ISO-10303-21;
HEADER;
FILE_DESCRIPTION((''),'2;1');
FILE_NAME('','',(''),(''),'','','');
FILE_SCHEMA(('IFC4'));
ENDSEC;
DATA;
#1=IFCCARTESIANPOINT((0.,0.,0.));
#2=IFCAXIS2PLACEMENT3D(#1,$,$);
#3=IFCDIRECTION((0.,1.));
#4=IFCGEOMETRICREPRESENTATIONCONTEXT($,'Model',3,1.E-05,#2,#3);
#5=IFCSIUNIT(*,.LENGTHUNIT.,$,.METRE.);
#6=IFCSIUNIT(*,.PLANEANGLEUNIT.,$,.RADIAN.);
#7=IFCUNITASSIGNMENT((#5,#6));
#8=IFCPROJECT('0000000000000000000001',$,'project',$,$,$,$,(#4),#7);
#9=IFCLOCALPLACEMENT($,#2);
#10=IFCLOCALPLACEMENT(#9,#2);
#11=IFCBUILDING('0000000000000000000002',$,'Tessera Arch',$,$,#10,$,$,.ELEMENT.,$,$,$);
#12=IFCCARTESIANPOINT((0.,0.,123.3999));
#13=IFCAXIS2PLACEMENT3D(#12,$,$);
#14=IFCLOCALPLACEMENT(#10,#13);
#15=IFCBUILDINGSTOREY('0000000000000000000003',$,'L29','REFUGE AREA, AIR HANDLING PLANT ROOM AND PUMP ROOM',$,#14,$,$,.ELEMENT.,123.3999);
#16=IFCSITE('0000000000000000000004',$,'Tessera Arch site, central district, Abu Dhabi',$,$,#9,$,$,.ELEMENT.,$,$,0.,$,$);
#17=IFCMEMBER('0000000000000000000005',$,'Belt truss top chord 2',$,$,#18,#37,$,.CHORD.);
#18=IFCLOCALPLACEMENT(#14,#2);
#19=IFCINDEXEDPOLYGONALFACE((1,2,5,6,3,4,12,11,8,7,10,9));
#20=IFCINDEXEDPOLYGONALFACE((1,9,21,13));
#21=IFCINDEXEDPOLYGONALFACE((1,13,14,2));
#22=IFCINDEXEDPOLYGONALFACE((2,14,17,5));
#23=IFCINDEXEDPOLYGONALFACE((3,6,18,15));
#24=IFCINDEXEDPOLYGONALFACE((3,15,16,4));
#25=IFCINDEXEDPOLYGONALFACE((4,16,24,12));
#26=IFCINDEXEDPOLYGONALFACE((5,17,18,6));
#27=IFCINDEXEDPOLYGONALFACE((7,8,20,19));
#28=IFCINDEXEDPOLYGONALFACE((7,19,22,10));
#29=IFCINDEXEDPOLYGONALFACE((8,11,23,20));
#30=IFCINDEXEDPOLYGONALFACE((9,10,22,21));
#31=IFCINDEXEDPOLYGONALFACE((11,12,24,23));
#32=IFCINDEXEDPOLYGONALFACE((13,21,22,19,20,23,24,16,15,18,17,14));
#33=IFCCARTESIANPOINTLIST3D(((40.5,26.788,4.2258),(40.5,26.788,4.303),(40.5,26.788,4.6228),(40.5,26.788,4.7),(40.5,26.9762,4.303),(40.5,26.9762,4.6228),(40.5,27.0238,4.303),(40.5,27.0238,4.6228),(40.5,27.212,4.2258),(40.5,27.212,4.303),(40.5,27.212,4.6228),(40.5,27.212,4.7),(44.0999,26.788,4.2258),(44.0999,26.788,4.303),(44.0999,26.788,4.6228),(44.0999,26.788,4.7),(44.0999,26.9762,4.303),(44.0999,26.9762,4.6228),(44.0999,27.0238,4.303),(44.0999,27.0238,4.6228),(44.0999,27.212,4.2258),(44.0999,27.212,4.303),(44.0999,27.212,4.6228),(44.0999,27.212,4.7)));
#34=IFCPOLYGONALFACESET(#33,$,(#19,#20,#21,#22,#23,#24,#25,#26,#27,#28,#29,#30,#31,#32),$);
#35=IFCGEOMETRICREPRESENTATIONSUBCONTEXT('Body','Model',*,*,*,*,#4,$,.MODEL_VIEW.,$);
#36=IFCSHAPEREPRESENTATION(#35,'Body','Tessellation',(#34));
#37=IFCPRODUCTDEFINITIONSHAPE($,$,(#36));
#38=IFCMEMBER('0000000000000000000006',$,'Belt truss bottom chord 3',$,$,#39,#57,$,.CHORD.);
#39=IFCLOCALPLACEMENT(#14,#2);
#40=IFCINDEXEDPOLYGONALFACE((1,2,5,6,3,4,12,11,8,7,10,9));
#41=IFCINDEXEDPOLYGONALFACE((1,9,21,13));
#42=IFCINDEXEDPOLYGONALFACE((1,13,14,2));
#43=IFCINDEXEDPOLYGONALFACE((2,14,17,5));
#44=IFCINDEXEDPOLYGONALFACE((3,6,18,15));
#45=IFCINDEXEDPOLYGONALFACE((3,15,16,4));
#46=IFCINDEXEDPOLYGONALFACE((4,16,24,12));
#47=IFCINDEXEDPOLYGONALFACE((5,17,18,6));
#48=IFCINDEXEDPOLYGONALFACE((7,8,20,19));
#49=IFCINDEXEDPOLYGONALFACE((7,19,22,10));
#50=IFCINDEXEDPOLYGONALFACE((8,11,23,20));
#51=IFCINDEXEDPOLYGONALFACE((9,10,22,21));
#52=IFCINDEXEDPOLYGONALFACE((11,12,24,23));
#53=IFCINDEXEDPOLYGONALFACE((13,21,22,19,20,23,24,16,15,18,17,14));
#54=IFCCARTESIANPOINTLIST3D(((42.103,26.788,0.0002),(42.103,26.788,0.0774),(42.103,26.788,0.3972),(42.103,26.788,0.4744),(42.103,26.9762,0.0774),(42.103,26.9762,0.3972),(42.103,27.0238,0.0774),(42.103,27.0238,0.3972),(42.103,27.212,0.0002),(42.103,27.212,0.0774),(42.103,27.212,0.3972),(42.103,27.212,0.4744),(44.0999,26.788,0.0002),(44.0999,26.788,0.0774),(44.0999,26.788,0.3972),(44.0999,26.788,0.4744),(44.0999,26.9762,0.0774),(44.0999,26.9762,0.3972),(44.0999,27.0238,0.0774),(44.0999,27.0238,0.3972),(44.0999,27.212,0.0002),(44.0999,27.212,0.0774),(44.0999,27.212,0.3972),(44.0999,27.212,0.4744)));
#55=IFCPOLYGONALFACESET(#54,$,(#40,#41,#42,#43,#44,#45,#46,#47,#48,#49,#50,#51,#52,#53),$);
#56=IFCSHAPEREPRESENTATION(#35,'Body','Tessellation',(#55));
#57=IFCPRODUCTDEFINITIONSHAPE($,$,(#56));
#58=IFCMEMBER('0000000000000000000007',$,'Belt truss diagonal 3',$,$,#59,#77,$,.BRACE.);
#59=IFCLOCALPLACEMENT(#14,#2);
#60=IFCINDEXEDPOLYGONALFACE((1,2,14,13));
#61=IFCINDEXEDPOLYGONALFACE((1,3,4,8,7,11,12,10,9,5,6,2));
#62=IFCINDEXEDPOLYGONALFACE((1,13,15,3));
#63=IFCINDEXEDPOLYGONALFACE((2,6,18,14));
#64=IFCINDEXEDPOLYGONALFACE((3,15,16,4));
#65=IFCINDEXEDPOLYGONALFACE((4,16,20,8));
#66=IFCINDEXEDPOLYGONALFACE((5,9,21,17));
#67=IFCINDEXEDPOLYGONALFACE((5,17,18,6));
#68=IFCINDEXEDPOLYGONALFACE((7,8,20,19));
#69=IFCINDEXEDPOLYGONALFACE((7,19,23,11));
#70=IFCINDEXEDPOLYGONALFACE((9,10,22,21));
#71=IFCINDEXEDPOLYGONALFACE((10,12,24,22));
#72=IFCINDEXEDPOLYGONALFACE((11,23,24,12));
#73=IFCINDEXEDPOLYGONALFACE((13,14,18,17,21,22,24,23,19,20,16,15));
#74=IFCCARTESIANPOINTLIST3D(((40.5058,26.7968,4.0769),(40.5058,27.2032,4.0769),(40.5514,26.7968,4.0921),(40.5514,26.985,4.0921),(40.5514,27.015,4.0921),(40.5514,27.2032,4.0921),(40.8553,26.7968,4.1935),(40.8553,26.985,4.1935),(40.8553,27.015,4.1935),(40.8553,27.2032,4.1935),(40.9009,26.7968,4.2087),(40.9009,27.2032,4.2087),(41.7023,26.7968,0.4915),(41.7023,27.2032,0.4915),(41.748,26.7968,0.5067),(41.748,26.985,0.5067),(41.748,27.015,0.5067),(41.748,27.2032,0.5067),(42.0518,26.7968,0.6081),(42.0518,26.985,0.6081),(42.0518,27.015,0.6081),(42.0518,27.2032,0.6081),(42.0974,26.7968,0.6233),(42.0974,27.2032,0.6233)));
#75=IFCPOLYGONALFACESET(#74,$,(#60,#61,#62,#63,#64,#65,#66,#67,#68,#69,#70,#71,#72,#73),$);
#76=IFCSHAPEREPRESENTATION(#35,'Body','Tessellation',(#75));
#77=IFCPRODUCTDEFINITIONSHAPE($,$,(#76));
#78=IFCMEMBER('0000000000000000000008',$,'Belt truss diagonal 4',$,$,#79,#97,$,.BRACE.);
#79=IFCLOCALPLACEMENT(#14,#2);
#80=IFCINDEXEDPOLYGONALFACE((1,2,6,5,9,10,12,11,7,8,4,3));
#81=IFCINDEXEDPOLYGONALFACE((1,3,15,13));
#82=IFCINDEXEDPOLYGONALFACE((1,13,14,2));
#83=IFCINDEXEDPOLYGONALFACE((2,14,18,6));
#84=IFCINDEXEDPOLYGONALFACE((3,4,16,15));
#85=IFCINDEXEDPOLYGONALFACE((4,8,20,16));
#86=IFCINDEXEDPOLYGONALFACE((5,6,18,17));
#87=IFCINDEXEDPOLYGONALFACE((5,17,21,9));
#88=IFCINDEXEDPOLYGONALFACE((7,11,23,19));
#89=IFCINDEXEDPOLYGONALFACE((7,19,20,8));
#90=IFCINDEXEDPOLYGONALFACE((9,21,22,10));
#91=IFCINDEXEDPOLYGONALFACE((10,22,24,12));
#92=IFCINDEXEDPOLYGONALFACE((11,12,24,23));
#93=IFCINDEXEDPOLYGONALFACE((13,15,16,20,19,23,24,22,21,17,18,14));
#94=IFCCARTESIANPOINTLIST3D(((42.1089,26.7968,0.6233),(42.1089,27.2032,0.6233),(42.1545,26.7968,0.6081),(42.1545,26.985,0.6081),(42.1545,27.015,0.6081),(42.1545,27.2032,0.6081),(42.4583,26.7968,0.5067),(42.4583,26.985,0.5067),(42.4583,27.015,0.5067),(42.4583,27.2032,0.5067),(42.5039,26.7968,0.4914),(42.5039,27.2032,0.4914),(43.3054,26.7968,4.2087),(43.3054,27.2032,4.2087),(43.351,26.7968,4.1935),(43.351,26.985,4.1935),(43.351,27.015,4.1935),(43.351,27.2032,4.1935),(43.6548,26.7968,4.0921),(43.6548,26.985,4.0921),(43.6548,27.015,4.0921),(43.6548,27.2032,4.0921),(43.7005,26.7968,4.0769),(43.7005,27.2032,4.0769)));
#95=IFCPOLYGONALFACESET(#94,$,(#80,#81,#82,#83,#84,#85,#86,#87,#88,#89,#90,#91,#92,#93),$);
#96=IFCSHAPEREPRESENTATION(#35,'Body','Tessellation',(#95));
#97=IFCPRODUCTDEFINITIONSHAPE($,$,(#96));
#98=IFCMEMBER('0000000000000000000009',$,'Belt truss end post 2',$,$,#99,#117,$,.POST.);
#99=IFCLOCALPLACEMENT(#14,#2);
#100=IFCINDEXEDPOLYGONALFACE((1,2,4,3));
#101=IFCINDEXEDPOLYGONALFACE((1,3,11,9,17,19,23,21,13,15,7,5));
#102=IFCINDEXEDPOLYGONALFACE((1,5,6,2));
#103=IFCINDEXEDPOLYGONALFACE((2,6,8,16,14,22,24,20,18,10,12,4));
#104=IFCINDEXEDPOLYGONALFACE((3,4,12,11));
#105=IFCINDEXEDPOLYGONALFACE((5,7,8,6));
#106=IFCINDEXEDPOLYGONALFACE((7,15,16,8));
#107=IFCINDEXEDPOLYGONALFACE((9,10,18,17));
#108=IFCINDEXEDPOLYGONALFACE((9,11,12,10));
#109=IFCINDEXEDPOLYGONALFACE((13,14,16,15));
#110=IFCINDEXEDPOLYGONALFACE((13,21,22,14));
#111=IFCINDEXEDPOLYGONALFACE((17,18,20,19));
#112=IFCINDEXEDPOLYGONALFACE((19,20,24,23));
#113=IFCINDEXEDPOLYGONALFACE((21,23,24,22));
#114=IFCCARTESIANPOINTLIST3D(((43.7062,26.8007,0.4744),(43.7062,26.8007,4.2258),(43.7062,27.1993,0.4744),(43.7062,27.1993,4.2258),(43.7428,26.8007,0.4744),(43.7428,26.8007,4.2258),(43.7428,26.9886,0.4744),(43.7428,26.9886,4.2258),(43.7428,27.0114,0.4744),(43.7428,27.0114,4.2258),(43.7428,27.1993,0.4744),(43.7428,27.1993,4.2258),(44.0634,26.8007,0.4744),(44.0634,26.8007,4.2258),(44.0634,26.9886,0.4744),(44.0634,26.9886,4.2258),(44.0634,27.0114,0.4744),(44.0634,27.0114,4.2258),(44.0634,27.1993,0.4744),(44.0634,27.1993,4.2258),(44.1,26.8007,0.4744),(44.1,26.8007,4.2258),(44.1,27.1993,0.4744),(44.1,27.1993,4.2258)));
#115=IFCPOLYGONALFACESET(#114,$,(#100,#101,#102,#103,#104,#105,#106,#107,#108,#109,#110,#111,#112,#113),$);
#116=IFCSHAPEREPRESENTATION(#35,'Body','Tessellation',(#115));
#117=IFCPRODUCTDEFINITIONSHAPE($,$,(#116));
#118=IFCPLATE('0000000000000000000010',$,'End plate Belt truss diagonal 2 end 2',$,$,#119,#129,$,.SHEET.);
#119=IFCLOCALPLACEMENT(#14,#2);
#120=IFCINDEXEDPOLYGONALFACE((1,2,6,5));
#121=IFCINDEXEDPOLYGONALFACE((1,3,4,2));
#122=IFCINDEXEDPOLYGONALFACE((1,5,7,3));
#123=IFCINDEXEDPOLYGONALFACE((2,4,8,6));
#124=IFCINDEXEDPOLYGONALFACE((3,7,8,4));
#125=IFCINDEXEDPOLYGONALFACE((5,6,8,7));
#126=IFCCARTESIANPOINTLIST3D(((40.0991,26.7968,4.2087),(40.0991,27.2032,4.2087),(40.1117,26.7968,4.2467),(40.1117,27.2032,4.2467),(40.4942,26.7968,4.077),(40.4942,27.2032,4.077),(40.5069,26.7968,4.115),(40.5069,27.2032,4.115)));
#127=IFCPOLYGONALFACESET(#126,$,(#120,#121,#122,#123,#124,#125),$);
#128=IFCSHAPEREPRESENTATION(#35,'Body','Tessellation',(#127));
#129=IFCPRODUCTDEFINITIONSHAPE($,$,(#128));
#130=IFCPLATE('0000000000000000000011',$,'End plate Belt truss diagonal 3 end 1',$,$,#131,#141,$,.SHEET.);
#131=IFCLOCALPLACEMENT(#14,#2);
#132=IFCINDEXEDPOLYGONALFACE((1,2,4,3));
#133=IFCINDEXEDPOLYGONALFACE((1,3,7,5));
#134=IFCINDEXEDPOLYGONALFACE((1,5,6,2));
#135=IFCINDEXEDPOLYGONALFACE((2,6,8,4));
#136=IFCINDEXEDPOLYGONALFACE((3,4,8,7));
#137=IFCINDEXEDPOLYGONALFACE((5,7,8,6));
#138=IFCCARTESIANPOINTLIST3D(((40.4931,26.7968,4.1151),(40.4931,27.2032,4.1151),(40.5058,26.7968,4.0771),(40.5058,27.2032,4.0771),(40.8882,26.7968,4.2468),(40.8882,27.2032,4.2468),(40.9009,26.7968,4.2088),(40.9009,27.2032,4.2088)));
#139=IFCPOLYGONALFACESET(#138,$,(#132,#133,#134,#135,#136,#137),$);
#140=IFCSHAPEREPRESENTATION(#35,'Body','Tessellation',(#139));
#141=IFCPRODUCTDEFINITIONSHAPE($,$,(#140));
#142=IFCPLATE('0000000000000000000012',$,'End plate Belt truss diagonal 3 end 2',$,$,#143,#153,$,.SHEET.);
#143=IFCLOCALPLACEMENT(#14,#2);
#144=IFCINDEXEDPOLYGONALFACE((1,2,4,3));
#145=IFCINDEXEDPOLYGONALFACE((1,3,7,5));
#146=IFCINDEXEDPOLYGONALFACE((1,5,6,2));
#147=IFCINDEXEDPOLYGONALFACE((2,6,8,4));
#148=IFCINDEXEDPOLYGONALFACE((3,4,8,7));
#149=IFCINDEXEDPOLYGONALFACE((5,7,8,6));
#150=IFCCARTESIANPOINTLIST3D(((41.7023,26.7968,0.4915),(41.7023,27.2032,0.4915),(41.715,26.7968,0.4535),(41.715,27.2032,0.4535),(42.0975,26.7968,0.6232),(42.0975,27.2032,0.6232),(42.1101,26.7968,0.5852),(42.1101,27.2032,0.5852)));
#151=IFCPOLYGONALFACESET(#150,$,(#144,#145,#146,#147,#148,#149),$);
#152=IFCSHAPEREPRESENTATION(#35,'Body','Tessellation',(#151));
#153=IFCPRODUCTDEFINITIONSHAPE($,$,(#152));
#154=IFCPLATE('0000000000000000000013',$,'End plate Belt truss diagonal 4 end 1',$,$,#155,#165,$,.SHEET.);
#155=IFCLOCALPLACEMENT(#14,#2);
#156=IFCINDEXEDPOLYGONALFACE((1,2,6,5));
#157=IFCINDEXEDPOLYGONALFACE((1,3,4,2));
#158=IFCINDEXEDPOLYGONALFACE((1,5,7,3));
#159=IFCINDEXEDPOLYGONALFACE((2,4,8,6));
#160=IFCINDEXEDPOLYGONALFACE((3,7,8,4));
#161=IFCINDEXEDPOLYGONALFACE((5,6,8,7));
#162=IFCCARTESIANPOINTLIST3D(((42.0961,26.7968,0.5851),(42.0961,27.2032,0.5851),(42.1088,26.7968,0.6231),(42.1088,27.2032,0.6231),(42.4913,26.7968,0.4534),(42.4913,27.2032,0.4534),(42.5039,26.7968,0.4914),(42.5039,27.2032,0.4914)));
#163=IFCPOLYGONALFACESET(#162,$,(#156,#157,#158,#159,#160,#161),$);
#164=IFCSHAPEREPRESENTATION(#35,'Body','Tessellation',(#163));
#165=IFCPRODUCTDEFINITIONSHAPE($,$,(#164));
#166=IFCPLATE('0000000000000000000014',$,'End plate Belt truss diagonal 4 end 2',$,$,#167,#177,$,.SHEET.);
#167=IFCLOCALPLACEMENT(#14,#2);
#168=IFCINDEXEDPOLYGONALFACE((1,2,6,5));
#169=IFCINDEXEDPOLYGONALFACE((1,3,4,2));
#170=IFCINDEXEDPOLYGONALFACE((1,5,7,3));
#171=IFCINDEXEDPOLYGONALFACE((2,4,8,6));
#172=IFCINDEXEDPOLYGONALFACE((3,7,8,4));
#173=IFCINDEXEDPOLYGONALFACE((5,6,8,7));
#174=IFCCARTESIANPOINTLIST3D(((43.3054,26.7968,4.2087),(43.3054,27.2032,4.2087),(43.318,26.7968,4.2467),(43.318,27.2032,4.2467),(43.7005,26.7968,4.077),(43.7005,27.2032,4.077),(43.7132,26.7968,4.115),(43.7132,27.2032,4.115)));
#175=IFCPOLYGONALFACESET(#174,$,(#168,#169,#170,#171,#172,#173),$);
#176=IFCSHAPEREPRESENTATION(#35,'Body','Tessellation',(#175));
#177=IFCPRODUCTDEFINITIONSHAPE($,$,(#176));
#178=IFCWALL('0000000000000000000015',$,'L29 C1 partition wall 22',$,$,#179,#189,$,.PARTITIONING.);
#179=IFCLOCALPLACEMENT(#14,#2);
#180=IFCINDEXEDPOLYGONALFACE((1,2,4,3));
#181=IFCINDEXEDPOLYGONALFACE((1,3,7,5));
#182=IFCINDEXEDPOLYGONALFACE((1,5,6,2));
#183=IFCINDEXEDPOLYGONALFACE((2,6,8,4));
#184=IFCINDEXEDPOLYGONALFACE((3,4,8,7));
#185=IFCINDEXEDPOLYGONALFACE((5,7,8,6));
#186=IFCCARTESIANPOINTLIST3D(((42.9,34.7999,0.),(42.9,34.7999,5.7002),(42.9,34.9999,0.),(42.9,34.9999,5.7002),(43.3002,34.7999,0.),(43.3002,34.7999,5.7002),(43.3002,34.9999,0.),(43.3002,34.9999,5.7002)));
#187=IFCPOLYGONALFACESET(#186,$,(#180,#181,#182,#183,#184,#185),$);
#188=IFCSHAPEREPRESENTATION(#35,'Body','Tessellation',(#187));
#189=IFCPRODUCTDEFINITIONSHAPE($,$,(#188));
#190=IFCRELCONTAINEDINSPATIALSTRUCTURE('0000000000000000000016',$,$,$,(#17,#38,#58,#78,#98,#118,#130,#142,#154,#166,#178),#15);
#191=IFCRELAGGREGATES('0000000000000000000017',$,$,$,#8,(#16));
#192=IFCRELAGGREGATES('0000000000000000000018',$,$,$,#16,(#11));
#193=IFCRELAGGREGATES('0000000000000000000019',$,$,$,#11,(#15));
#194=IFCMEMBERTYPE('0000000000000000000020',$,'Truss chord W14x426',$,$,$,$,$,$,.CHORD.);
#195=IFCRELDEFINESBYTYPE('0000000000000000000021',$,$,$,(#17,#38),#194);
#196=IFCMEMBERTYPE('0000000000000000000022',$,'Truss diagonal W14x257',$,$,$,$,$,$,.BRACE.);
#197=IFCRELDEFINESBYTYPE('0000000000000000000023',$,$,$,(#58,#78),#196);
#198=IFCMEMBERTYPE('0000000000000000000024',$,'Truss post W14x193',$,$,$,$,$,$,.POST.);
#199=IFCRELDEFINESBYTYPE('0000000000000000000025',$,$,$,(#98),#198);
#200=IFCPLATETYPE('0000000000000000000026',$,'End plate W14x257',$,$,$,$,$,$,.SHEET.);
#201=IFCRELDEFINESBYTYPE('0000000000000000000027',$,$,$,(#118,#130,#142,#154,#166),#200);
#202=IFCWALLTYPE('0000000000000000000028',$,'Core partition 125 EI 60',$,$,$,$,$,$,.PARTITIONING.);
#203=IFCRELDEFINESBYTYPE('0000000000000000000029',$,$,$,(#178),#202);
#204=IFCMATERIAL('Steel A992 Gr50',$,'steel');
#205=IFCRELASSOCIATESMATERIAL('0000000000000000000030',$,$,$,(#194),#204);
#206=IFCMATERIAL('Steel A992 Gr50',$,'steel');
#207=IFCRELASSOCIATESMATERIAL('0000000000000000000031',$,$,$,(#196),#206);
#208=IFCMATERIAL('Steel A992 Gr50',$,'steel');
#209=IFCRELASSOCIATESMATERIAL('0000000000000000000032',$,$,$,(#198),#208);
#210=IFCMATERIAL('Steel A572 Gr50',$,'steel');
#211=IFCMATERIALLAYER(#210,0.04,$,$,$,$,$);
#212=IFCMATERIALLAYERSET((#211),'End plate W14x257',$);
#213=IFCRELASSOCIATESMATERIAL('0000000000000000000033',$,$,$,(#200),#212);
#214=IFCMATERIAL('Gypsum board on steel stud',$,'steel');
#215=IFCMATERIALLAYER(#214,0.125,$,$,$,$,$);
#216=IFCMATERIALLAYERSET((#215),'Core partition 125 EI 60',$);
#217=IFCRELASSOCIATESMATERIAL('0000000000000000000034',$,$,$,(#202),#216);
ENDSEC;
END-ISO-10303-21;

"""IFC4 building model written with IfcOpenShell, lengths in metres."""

from ifc_helpers import new_model, si_unit, direction, frame, frame_2d, origin, origin_2d, place, context, subcontext, project, spatial, rectangle, i_section, extrude, material, layer, layer_set, material_profile, profile_set, type_object, element, save


model = new_model("IFC4")

# Units and contexts
model_context = context("Model", 3, precision=1e-05, world=origin(), true_north=direction((0.0, 1.0)))
body_context = subcontext(model_context, "Body", "Model", "MODEL_VIEW")
ifc_project = project(units=[si_unit("LENGTHUNIT", "METRE"), si_unit("PLANEANGLEUNIT", "RADIAN")], contexts=[model_context])

# Site, building, storey
site_placement = place(None, origin())
site = spatial("IfcSite", under=ifc_project, at=site_placement, Name="Tessera Arch site, central district, Abu Dhabi", CompositionType="ELEMENT", RefElevation=0.0)
building_placement = place(site_placement, origin())
building = spatial("IfcBuilding", under=site, at=building_placement, Name="Tessera Arch", CompositionType="ELEMENT")
storey_placement = place(building_placement, frame((0.0, 0.0, 123.3999)))
storey = spatial("IfcBuildingStorey", under=building, at=storey_placement, Name="L29", Description="REFUGE AREA, AIR HANDLING PLANT ROOM AND PUMP ROOM", CompositionType="ELEMENT", Elevation=123.3999)

# Members
ifc_material_1 = material(Name="Steel A992 Gr50", Category="steel")
ifc_material_profile_1 = material_profile(ifc_material_1, i_section(OverallWidth=0.4241, OverallDepth=0.4741, WebThickness=0.0476, FlangeThickness=0.0771, at=origin_2d()), Name="W14x426")
ifc_profile_set_1 = profile_set([ifc_material_profile_1], Name="Steel A992 Gr50")
member_type_1 = type_object("IfcMemberType", Name="Truss chord W14x426", PredefinedType="CHORD", material=ifc_profile_set_1)
member_1_placement = place(storey_placement, frame((40.5, 27.0, 4.4629), z_axis=(1.0, 0.0, 0.0), x_axis=(0.0, 1.0, 0.0)))
element("IfcMember", 1, at=member_1_placement, inside=storey, type_object=member_type_1, Name="Belt truss top chord 2", PredefinedType="CHORD", context=body_context, shape_type="SweptSolid", body=[
    extrude(i_section(OverallWidth=0.4241, OverallDepth=0.4741, WebThickness=0.0476, FlangeThickness=0.0771, at=origin_2d()), origin(), (0.0, 0.0, 1.0), 3.5999),
])
member_2_placement = place(storey_placement, frame((42.103, 27.0, 0.2373), z_axis=(1.0, 0.0, 0.0), x_axis=(0.0, 1.0, 0.0)))
element("IfcMember", 2, at=member_2_placement, inside=storey, type_object=member_type_1, Name="Belt truss bottom chord 3", PredefinedType="CHORD", context=body_context, shape_type="SweptSolid", body=[
    extrude(i_section(OverallWidth=0.4241, OverallDepth=0.4741, WebThickness=0.0476, FlangeThickness=0.0771, at=origin_2d()), origin(), (0.0, 0.0, 1.0), 1.9968),
])
ifc_material_2 = material(Name="Steel A992 Gr50", Category="steel")
ifc_material_profile_2 = material_profile(ifc_material_2, i_section(OverallWidth=0.4065, OverallDepth=0.4165, WebThickness=0.03, FlangeThickness=0.0481, at=origin_2d()), Name="W14x257")
ifc_profile_set_2 = profile_set([ifc_material_profile_2], Name="Steel A992 Gr50")
member_type_2 = type_object("IfcMemberType", Name="Truss diagonal W14x257", PredefinedType="BRACE", material=ifc_profile_set_2)
for number, where, z_axis, x_axis, name in (
    (3, (40.7034, 27.0, 4.1428), (0.316557, 0.0, -0.948573), (0.0, 1.0, 0.0), "Belt truss diagonal 3"),
    (4, (42.3064, 27.0, 0.5574), (0.316557, 0.0, 0.948573), (0.0, 1.0, 0.0), "Belt truss diagonal 4"),
):
    element("IfcMember", number, at=place(storey_placement, frame(where, z_axis=z_axis, x_axis=x_axis)), inside=storey, type_object=member_type_2, Name=name, PredefinedType="BRACE", context=body_context, shape_type="SweptSolid", body=[
        extrude(i_section(OverallWidth=0.4065, OverallDepth=0.4165, WebThickness=0.03, FlangeThickness=0.0481, at=origin_2d()), origin(), (0.0, 0.0, 1.0), 3.7798),
    ])
ifc_material_3 = material(Name="Steel A992 Gr50", Category="steel")
ifc_material_profile_3 = material_profile(ifc_material_3, i_section(OverallWidth=0.3987, OverallDepth=0.3938, WebThickness=0.0227, FlangeThickness=0.0366, at=origin_2d()), Name="W14x193")
ifc_profile_set_3 = profile_set([ifc_material_profile_3], Name="Steel A992 Gr50")
member_type_3 = type_object("IfcMemberType", Name="Truss post W14x193", PredefinedType="POST", material=ifc_profile_set_3)
member_3_placement = place(storey_placement, frame((43.9031, 27.0, 0.4744), z_axis=(0.0, 0.0, 1.0), x_axis=(0.0, 1.0, 0.0)))
element("IfcMember", 5, at=member_3_placement, inside=storey, type_object=member_type_3, Name="Belt truss end post 2", PredefinedType="POST", context=body_context, shape_type="SweptSolid", body=[
    extrude(i_section(OverallWidth=0.3987, OverallDepth=0.3938, WebThickness=0.0227, FlangeThickness=0.0366, at=origin_2d()), origin(), (0.0, 0.0, 1.0), 3.7515),
])

# Plates
ifc_material_4 = material(Name="Steel A572 Gr50", Category="steel")
ifc_layer_1 = layer(ifc_material_4, 0.04)
ifc_layer_set_1 = layer_set([ifc_layer_1], Name="End plate W14x257")
plate_type = type_object("IfcPlateType", Name="End plate W14x257", PredefinedType="SHEET", material=ifc_layer_set_1)
for number, where, z_axis, x_axis, name in (
    (6, (40.2966, 27.0, 4.1428), (0.316228, 0.0, 0.948683), (0.0, 1.0, 0.0), "End plate Belt truss diagonal 2 end 2"),
    (7, (40.6907, 27.0, 4.1809), (0.316228, 0.0, -0.948683), (0.0, 1.0, 0.0), "End plate Belt truss diagonal 3 end 1"),
    (8, (41.8999, 27.0, 0.5574), (0.316228, 0.0, -0.948683), (0.0, 1.0, 0.0), "End plate Belt truss diagonal 3 end 2"),
    (9, (42.2937, 27.0, 0.5193), (0.316228, 0.0, 0.948683), (0.0, 1.0, 0.0), "End plate Belt truss diagonal 4 end 1"),
    (10, (43.5029, 27.0, 4.1428), (0.316228, 0.0, 0.948683), (0.0, 1.0, 0.0), "End plate Belt truss diagonal 4 end 2"),
):
    element("IfcPlate", number, at=place(storey_placement, frame(where, z_axis=z_axis, x_axis=x_axis)), inside=storey, type_object=plate_type, Name=name, PredefinedType="SHEET", context=body_context, shape_type="SweptSolid", body=[
        extrude(rectangle(XDim=0.4065, YDim=0.4165, at=origin_2d()), origin(), (0.0, 0.0, 1.0), 0.04),
    ])

# Wall
ifc_material_5 = material(Name="Gypsum board on steel stud", Category="steel")
ifc_layer_2 = layer(ifc_material_5, 0.125)
ifc_layer_set_2 = layer_set([ifc_layer_2], Name="Core partition 125 EI 60")
wall_type_1 = type_object("IfcWallType", Name="Core partition 125 EI 60", PredefinedType="PARTITIONING", material=ifc_layer_set_2)
wall_1_placement = place(storey_placement, frame((42.8999, 34.8999, 0.0), z_axis=(0.0, 0.0, 1.0), x_axis=(1.0, 0.0, 0.0)))
element("IfcWall", 11, at=wall_1_placement, inside=storey, type_object=wall_type_1, Name="L29 C1 partition wall 22", PredefinedType="PARTITIONING", context=body_context, shape_type="SweptSolid", body=[
    extrude(rectangle(XDim=0.4001, YDim=0.2, at=frame_2d((0.2002, 0.0))), origin(), (0.0, 0.0, 1.0), 5.7002),
])

save(model, "model.ifc")
